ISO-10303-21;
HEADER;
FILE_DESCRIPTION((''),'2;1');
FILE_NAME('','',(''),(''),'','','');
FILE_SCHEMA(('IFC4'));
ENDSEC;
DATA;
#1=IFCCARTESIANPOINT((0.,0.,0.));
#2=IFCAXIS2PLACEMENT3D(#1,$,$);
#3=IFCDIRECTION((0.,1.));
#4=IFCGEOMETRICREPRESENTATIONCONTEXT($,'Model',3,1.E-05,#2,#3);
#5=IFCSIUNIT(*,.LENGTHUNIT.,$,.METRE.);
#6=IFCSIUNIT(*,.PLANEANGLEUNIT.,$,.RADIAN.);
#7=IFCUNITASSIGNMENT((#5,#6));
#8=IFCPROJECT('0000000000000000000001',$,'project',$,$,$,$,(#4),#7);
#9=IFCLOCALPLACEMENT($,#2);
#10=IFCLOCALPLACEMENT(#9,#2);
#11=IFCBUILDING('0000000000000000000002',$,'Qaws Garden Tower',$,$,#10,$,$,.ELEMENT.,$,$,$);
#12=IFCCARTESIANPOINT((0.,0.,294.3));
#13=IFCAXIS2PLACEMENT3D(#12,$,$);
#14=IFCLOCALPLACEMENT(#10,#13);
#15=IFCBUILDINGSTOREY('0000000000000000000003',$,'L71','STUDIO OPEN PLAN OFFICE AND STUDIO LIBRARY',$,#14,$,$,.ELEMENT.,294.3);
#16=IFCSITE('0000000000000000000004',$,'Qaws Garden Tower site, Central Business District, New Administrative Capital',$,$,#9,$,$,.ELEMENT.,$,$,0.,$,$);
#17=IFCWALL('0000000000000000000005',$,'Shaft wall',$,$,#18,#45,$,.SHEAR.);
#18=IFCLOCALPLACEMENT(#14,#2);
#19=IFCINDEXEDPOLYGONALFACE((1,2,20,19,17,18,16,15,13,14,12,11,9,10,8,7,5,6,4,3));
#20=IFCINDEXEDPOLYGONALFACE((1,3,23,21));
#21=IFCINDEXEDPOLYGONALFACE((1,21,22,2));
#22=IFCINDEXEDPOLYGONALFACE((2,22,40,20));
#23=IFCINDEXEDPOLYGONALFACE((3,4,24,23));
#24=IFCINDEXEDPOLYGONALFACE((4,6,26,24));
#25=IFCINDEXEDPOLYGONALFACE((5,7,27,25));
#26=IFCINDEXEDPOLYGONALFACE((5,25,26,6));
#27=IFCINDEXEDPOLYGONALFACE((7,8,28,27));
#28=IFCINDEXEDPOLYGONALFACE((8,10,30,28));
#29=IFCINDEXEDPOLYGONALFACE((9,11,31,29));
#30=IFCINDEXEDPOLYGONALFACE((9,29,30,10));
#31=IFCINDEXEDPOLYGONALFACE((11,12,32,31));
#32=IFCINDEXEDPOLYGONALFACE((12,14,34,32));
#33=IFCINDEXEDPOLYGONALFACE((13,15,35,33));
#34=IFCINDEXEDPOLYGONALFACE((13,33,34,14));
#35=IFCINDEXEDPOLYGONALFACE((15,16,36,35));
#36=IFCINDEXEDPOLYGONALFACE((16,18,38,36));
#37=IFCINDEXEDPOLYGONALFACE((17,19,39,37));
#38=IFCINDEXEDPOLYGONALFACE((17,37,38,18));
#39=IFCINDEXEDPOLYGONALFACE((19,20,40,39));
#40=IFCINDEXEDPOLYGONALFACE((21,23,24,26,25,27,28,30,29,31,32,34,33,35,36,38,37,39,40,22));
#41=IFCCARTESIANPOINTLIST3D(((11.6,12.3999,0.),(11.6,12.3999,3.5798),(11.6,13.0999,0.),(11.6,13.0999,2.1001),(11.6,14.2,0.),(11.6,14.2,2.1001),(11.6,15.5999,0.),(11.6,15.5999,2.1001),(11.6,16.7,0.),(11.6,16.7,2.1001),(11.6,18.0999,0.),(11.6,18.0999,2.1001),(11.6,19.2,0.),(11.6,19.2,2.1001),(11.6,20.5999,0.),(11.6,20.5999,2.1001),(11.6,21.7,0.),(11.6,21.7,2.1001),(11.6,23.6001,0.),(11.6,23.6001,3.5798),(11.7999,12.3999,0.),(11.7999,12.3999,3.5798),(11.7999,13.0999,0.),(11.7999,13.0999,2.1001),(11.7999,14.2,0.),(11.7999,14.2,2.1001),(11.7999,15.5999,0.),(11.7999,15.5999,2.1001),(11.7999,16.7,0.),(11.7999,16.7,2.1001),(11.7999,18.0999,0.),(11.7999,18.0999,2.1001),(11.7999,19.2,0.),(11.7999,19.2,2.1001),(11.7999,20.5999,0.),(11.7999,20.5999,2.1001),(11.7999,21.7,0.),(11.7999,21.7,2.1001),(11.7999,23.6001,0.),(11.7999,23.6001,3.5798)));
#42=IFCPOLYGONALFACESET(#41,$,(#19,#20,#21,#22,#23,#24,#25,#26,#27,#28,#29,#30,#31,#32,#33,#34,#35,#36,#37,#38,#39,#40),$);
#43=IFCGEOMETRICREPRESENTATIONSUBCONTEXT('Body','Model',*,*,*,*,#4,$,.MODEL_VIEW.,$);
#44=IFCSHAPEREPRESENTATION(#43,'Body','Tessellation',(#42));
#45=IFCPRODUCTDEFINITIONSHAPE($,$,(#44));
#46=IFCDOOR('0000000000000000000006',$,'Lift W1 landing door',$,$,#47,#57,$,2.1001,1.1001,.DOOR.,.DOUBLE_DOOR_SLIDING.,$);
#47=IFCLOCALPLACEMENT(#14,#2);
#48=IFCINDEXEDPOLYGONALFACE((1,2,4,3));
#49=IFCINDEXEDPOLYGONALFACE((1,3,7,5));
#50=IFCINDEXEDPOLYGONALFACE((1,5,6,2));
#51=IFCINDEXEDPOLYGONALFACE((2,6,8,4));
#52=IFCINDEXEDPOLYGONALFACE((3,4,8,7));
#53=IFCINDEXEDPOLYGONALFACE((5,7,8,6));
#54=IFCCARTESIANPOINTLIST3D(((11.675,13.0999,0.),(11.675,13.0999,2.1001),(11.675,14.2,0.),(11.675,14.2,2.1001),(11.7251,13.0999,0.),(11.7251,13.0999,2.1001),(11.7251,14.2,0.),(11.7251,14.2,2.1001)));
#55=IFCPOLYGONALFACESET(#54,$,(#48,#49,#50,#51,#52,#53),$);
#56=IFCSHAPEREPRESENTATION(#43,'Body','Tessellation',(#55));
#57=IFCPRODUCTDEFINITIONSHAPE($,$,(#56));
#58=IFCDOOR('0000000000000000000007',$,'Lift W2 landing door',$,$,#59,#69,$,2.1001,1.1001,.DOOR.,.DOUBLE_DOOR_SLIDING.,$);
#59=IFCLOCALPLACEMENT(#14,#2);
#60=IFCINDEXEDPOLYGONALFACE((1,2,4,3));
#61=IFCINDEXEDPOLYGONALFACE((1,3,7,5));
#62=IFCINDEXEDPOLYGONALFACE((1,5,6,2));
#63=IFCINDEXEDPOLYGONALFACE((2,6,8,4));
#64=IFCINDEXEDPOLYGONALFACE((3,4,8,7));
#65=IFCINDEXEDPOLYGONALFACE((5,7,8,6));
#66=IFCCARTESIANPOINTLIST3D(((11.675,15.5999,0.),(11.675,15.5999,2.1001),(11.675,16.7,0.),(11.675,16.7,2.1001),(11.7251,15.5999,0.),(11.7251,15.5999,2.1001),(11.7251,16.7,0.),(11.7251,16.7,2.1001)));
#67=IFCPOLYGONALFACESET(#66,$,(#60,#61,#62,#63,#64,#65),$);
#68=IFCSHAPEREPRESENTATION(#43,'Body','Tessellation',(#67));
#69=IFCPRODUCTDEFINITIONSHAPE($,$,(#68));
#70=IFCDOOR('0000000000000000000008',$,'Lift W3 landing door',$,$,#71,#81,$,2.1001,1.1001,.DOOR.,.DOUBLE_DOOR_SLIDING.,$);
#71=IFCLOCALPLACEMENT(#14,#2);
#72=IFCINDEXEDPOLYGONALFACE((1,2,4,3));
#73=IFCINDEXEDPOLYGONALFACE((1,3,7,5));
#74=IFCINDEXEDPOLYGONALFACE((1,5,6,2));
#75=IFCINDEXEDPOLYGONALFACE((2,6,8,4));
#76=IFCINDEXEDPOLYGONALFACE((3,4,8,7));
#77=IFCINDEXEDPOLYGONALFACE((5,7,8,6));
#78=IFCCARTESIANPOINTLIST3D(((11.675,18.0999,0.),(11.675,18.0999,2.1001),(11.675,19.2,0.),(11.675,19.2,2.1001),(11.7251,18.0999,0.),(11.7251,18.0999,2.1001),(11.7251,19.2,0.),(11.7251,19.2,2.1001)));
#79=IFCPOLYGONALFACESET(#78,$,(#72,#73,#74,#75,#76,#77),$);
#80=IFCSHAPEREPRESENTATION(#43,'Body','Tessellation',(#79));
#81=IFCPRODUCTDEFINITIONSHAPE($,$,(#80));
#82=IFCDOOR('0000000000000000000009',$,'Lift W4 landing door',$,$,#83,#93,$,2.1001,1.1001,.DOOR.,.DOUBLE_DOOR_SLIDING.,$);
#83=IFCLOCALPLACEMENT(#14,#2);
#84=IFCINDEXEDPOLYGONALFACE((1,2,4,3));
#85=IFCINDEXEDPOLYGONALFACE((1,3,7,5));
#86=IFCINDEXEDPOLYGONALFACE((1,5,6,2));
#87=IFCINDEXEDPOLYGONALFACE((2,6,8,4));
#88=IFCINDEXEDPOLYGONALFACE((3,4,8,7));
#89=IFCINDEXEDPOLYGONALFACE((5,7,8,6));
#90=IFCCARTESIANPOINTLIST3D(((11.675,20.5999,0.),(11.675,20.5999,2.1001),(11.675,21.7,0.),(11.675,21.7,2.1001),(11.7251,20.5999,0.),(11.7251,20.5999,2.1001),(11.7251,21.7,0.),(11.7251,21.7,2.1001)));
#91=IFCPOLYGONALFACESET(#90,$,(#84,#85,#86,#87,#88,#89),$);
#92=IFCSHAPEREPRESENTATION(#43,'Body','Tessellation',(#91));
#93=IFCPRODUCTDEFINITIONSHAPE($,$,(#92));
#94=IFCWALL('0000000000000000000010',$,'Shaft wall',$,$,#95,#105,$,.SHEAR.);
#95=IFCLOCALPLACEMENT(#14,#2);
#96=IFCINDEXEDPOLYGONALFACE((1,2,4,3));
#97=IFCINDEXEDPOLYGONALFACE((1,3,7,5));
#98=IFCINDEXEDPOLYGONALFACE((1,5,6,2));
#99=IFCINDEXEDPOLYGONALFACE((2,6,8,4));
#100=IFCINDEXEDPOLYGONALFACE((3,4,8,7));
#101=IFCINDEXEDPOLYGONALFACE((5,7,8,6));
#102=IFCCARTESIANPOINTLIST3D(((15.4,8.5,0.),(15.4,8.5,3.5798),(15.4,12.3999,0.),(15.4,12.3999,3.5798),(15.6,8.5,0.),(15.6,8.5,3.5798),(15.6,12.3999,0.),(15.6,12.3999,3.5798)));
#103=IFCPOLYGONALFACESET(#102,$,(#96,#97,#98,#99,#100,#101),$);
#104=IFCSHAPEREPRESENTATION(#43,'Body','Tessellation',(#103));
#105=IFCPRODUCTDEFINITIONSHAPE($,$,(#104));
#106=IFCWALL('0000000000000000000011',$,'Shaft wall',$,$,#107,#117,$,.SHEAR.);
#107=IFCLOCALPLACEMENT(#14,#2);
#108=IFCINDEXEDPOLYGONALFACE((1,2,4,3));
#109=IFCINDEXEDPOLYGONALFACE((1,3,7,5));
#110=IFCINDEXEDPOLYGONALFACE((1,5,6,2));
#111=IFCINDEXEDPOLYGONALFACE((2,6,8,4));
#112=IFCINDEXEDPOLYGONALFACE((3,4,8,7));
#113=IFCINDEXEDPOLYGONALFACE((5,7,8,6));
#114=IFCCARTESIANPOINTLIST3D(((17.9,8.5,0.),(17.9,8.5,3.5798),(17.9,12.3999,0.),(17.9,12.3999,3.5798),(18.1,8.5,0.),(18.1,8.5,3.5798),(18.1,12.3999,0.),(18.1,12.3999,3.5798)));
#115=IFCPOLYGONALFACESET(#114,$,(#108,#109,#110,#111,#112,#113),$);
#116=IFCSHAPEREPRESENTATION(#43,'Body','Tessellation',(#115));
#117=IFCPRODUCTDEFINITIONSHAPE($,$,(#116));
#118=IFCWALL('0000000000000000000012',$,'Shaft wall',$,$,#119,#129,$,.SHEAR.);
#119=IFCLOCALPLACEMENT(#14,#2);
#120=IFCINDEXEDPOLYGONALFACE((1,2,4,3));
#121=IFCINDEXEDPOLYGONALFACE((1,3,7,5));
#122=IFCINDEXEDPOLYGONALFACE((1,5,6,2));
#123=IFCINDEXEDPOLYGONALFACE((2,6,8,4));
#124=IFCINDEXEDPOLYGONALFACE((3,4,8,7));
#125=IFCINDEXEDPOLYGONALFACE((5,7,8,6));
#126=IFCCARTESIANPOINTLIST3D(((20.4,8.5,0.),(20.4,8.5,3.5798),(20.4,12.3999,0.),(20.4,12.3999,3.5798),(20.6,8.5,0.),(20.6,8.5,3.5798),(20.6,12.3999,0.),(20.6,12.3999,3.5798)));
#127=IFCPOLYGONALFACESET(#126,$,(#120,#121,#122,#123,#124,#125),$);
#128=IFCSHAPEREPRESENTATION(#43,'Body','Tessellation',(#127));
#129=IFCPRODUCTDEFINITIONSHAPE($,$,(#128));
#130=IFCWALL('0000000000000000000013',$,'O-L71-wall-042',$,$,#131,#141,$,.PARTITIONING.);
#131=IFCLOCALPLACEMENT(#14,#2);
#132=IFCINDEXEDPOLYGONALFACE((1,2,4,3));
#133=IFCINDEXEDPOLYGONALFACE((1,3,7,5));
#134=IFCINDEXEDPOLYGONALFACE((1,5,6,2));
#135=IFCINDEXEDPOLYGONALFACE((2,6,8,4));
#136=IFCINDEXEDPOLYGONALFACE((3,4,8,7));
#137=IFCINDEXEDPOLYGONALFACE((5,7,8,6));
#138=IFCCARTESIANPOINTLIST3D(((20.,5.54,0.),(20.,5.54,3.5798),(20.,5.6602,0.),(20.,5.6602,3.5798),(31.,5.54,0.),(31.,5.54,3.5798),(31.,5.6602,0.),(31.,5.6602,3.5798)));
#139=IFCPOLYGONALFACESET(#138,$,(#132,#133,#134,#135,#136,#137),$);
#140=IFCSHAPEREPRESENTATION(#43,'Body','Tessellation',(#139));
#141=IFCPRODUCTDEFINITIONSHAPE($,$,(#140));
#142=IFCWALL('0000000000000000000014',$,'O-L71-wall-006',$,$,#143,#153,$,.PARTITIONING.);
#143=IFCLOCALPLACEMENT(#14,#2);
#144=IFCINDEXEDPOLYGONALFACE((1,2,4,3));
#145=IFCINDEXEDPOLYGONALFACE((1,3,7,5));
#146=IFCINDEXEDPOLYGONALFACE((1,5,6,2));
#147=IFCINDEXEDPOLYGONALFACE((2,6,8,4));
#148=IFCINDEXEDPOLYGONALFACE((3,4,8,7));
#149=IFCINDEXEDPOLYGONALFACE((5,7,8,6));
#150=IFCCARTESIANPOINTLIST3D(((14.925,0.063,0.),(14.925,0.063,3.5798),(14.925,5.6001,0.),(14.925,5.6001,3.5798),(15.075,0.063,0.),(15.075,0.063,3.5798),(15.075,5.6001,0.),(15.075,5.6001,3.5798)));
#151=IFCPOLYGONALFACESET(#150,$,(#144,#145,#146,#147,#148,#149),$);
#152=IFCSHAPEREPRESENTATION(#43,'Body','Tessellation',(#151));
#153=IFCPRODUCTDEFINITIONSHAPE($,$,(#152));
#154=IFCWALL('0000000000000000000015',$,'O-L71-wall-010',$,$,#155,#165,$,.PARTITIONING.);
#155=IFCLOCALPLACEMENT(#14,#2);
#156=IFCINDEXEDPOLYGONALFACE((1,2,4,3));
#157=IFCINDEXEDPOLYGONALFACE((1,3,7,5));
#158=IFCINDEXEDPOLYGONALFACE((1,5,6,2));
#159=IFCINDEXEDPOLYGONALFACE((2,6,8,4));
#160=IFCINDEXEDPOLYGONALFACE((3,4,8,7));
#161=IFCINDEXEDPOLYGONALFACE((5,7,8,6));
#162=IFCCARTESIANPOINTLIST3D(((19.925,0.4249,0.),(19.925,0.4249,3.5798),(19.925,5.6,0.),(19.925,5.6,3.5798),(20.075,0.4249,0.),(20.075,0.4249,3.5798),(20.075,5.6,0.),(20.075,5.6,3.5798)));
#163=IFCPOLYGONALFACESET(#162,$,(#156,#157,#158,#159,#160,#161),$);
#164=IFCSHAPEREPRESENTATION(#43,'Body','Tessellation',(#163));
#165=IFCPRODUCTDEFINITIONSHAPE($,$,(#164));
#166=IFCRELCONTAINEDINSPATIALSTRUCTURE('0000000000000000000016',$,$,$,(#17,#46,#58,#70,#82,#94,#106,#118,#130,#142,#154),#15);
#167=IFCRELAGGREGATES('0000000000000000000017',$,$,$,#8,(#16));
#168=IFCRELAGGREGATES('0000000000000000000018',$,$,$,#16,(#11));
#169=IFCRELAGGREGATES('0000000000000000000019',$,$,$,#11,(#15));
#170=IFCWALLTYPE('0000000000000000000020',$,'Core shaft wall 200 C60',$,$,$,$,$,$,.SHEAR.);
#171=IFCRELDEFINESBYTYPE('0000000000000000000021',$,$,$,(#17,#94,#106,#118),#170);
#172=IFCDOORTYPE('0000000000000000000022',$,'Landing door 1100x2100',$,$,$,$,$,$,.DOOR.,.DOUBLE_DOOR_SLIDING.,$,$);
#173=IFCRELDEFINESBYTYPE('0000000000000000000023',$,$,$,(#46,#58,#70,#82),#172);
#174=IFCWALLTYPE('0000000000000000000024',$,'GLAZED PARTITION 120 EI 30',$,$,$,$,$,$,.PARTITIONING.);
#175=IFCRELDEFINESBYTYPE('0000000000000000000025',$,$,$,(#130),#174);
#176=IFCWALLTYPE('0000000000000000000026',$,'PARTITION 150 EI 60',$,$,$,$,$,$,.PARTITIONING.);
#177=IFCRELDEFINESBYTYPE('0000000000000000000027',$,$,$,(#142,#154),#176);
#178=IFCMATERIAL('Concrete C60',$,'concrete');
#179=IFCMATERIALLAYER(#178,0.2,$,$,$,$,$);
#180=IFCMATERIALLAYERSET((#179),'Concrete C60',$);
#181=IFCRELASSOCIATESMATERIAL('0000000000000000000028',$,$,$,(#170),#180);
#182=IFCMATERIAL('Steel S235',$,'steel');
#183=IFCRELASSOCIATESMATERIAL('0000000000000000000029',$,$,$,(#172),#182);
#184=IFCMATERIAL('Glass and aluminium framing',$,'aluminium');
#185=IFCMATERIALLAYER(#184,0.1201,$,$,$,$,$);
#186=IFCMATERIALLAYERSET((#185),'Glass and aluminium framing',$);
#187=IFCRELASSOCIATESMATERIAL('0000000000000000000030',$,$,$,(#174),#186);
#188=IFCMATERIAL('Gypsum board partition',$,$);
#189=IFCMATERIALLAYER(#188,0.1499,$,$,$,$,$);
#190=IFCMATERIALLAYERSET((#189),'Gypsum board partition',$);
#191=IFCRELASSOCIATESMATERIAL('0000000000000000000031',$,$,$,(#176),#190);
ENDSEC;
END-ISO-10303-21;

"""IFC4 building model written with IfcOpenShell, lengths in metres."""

from ifc_helpers import new_model, si_unit, direction, frame, frame_2d, origin, place, context, subcontext, project, spatial, rectangle, extrude, material, layer, layer_set, type_object, element, fill, save


model = new_model("IFC4")

# Units and contexts
model_context = context("Model", 3, precision=1e-05, world=origin(), true_north=direction((0.0, 1.0)))
body_context = subcontext(model_context, "Body", "Model", "MODEL_VIEW")
ifc_project = project(units=[si_unit("LENGTHUNIT", "METRE"), si_unit("PLANEANGLEUNIT", "RADIAN")], contexts=[model_context])

# Site, building, storey
site_placement = place(None, origin())
site = spatial("IfcSite", under=ifc_project, at=site_placement, Name="Qaws Garden Tower site, Central Business District, New Administrative Capital", CompositionType="ELEMENT", RefElevation=0.0)
building_placement = place(site_placement, origin())
building = spatial("IfcBuilding", under=site, at=building_placement, Name="Qaws Garden Tower", CompositionType="ELEMENT")
storey_placement = place(building_placement, frame((0.0, 0.0, 294.3)))
storey = spatial("IfcBuildingStorey", under=building, at=storey_placement, Name="L71", Description="STUDIO OPEN PLAN OFFICE AND STUDIO LIBRARY", CompositionType="ELEMENT", Elevation=294.3)

# Wall, openings, doors
ifc_material_1 = material(Name="Concrete C60", Category="concrete")
ifc_layer_1 = layer(ifc_material_1, 0.2)
ifc_layer_set_1 = layer_set([ifc_layer_1], Name="Concrete C60")
wall_type_1 = type_object("IfcWallType", Name="Core shaft wall 200 C60", PredefinedType="SHEAR", material=ifc_layer_set_1)
wall_1_placement = place(storey_placement, frame((11.7, 12.3999, 0.0), z_axis=(0.0, 0.0, 1.0), x_axis=(0.0, 1.0, 0.0)))
wall_1 = element("IfcWall", 1, at=wall_1_placement, inside=storey, type_object=wall_type_1, Name="Shaft wall", PredefinedType="SHEAR", context=body_context, shape_type="SweptSolid", body=[
    extrude(rectangle(XDim=11.2002, YDim=0.2, at=frame_2d((5.6001, 0.0))), origin(), (0.0, 0.0, 1.0), 3.5798),
])
opening_1_placement = place(wall_1_placement, frame((0.7, 0.0, 0.0)))
opening_1 = element("IfcOpeningElement", 2, at=opening_1_placement, cuts=wall_1, PredefinedType="OPENING", context=body_context, shape_type="SweptSolid", body=[
    extrude(rectangle(XDim=1.1001, YDim=2.1001, at=frame_2d((0.55, 1.05))), frame((0.0, 0.1099, 0.0), z_axis=(0.0, -1.0, 0.0), x_axis=(1.0, 0.0, 0.0)), (0.0, 0.0, 1.0), 0.22),
])
opening_2_placement = place(wall_1_placement, frame((3.2, 0.0, 0.0)))
opening_2 = element("IfcOpeningElement", 3, at=opening_2_placement, cuts=wall_1, PredefinedType="OPENING", context=body_context, shape_type="SweptSolid", body=[
    extrude(rectangle(XDim=1.1001, YDim=2.1001, at=frame_2d((0.55, 1.05))), frame((0.0, 0.1099, 0.0), z_axis=(0.0, -1.0, 0.0), x_axis=(1.0, 0.0, 0.0)), (0.0, 0.0, 1.0), 0.22),
])
opening_3_placement = place(wall_1_placement, frame((5.7, 0.0, 0.0)))
opening_3 = element("IfcOpeningElement", 4, at=opening_3_placement, cuts=wall_1, PredefinedType="OPENING", context=body_context, shape_type="SweptSolid", body=[
    extrude(rectangle(XDim=1.1001, YDim=2.1001, at=frame_2d((0.55, 1.05))), frame((0.0, 0.1099, 0.0), z_axis=(0.0, -1.0, 0.0), x_axis=(1.0, 0.0, 0.0)), (0.0, 0.0, 1.0), 0.22),
])
opening_4_placement = place(wall_1_placement, frame((8.2, 0.0, 0.0)))
opening_4 = element("IfcOpeningElement", 5, at=opening_4_placement, cuts=wall_1, PredefinedType="OPENING", context=body_context, shape_type="SweptSolid", body=[
    extrude(rectangle(XDim=1.1001, YDim=2.1001, at=frame_2d((0.55, 1.05))), frame((0.0, 0.1099, 0.0), z_axis=(0.0, -1.0, 0.0), x_axis=(1.0, 0.0, 0.0)), (0.0, 0.0, 1.0), 0.22),
])
ifc_material_2 = material(Name="Steel S235", Category="steel")
door_type_1 = type_object("IfcDoorType", Name="Landing door 1100x2100", OperationType="DOUBLE_DOOR_SLIDING", PredefinedType="DOOR", material=ifc_material_2)
door_1_placement = place(opening_1_placement, origin())
door_1 = element("IfcDoor", 6, at=door_1_placement, inside=storey, type_object=door_type_1, Name="Lift W1 landing door", OperationType="DOUBLE_DOOR_SLIDING", OverallHeight=2.1001, OverallWidth=1.1001, PredefinedType="DOOR", context=body_context, shape_type="SweptSolid", body=[
    extrude(rectangle(XDim=1.1001, YDim=2.1001, at=frame_2d((0.55, 1.05))), frame((0.0, 0.0249, 0.0), z_axis=(0.0, -1.0, 0.0), x_axis=(1.0, 0.0, 0.0)), (0.0, 0.0, 1.0), 0.05),
])
fill(opening_1, door_1)
door_2_placement = place(opening_2_placement, origin())
door_2 = element("IfcDoor", 7, at=door_2_placement, inside=storey, type_object=door_type_1, Name="Lift W2 landing door", OperationType="DOUBLE_DOOR_SLIDING", OverallHeight=2.1001, OverallWidth=1.1001, PredefinedType="DOOR", context=body_context, shape_type="SweptSolid", body=[
    extrude(rectangle(XDim=1.1001, YDim=2.1001, at=frame_2d((0.55, 1.05))), frame((0.0, 0.0249, 0.0), z_axis=(0.0, -1.0, 0.0), x_axis=(1.0, 0.0, 0.0)), (0.0, 0.0, 1.0), 0.05),
])
fill(opening_2, door_2)
door_3_placement = place(opening_3_placement, origin())
door_3 = element("IfcDoor", 8, at=door_3_placement, inside=storey, type_object=door_type_1, Name="Lift W3 landing door", OperationType="DOUBLE_DOOR_SLIDING", OverallHeight=2.1001, OverallWidth=1.1001, PredefinedType="DOOR", context=body_context, shape_type="SweptSolid", body=[
    extrude(rectangle(XDim=1.1001, YDim=2.1001, at=frame_2d((0.55, 1.05))), frame((0.0, 0.0249, 0.0), z_axis=(0.0, -1.0, 0.0), x_axis=(1.0, 0.0, 0.0)), (0.0, 0.0, 1.0), 0.05),
])
fill(opening_3, door_3)
door_4_placement = place(opening_4_placement, origin())
door_4 = element("IfcDoor", 9, at=door_4_placement, inside=storey, type_object=door_type_1, Name="Lift W4 landing door", OperationType="DOUBLE_DOOR_SLIDING", OverallHeight=2.1001, OverallWidth=1.1001, PredefinedType="DOOR", context=body_context, shape_type="SweptSolid", body=[
    extrude(rectangle(XDim=1.1001, YDim=2.1001, at=frame_2d((0.55, 1.05))), frame((0.0, 0.0249, 0.0), z_axis=(0.0, -1.0, 0.0), x_axis=(1.0, 0.0, 0.0)), (0.0, 0.0, 1.0), 0.05),
])
fill(opening_4, door_4)

# Walls
for number, where, z_axis, x_axis, name in (
    (10, (15.5, 8.5, 0.0), (0.0, 0.0, 1.0), (0.0, 1.0, 0.0), "Shaft wall"),
    (11, (18.0, 8.5, 0.0), (0.0, 0.0, 1.0), (0.0, 1.0, 0.0), "Shaft wall"),
    (12, (20.5, 8.5, 0.0), (0.0, 0.0, 1.0), (0.0, 1.0, 0.0), "Shaft wall"),
):
    element("IfcWall", number, at=place(storey_placement, frame(where, z_axis=z_axis, x_axis=x_axis)), inside=storey, type_object=wall_type_1, Name=name, PredefinedType="SHEAR", context=body_context, shape_type="SweptSolid", body=[
        extrude(rectangle(XDim=3.8999, YDim=0.2, at=frame_2d((1.95, 0.0))), origin(), (0.0, 0.0, 1.0), 3.5798),
    ])
ifc_material_3 = material(Name="Glass and aluminium framing", Category="aluminium")
ifc_layer_2 = layer(ifc_material_3, 0.1201)
ifc_layer_set_2 = layer_set([ifc_layer_2], Name="Glass and aluminium framing")
wall_type_2 = type_object("IfcWallType", Name="GLAZED PARTITION 120 EI 30", PredefinedType="PARTITIONING", material=ifc_layer_set_2)
wall_2_placement = place(storey_placement, frame((20.0, 5.6001, 0.0), z_axis=(0.0, 0.0, 1.0), x_axis=(1.0, 0.0, 0.0)))
element("IfcWall", 13, at=wall_2_placement, inside=storey, type_object=wall_type_2, Name="O-L71-wall-042", PredefinedType="PARTITIONING", context=body_context, shape_type="SweptSolid", body=[
    extrude(rectangle(XDim=11.0, YDim=0.1201, at=frame_2d((5.5, 0.0))), origin(), (0.0, 0.0, 1.0), 3.5798),
])
ifc_material_4 = material(Name="Gypsum board partition")
ifc_layer_3 = layer(ifc_material_4, 0.1499)
ifc_layer_set_3 = layer_set([ifc_layer_3], Name="Gypsum board partition")
wall_type_3 = type_object("IfcWallType", Name="PARTITION 150 EI 60", PredefinedType="PARTITIONING", material=ifc_layer_set_3)
wall_3_placement = place(storey_placement, frame((15.0, 0.063, 0.0), z_axis=(0.0, 0.0, 1.0), x_axis=(0.0, 1.0, 0.0)))
element("IfcWall", 14, at=wall_3_placement, inside=storey, type_object=wall_type_3, Name="O-L71-wall-006", PredefinedType="PARTITIONING", context=body_context, shape_type="SweptSolid", body=[
    extrude(rectangle(XDim=5.5371, YDim=0.1499, at=frame_2d((2.7686, 0.0))), origin(), (0.0, 0.0, 1.0), 3.5798),
])
wall_4_placement = place(storey_placement, frame((20.0, 0.425, 0.0), z_axis=(0.0, 0.0, 1.0), x_axis=(0.0, 1.0, 0.0)))
element("IfcWall", 15, at=wall_4_placement, inside=storey, type_object=wall_type_3, Name="O-L71-wall-010", PredefinedType="PARTITIONING", context=body_context, shape_type="SweptSolid", body=[
    extrude(rectangle(XDim=5.175, YDim=0.1499, at=frame_2d((2.5874, 0.0))), origin(), (0.0, 0.0, 1.0), 3.5798),
])

save(model, "model.ifc")
